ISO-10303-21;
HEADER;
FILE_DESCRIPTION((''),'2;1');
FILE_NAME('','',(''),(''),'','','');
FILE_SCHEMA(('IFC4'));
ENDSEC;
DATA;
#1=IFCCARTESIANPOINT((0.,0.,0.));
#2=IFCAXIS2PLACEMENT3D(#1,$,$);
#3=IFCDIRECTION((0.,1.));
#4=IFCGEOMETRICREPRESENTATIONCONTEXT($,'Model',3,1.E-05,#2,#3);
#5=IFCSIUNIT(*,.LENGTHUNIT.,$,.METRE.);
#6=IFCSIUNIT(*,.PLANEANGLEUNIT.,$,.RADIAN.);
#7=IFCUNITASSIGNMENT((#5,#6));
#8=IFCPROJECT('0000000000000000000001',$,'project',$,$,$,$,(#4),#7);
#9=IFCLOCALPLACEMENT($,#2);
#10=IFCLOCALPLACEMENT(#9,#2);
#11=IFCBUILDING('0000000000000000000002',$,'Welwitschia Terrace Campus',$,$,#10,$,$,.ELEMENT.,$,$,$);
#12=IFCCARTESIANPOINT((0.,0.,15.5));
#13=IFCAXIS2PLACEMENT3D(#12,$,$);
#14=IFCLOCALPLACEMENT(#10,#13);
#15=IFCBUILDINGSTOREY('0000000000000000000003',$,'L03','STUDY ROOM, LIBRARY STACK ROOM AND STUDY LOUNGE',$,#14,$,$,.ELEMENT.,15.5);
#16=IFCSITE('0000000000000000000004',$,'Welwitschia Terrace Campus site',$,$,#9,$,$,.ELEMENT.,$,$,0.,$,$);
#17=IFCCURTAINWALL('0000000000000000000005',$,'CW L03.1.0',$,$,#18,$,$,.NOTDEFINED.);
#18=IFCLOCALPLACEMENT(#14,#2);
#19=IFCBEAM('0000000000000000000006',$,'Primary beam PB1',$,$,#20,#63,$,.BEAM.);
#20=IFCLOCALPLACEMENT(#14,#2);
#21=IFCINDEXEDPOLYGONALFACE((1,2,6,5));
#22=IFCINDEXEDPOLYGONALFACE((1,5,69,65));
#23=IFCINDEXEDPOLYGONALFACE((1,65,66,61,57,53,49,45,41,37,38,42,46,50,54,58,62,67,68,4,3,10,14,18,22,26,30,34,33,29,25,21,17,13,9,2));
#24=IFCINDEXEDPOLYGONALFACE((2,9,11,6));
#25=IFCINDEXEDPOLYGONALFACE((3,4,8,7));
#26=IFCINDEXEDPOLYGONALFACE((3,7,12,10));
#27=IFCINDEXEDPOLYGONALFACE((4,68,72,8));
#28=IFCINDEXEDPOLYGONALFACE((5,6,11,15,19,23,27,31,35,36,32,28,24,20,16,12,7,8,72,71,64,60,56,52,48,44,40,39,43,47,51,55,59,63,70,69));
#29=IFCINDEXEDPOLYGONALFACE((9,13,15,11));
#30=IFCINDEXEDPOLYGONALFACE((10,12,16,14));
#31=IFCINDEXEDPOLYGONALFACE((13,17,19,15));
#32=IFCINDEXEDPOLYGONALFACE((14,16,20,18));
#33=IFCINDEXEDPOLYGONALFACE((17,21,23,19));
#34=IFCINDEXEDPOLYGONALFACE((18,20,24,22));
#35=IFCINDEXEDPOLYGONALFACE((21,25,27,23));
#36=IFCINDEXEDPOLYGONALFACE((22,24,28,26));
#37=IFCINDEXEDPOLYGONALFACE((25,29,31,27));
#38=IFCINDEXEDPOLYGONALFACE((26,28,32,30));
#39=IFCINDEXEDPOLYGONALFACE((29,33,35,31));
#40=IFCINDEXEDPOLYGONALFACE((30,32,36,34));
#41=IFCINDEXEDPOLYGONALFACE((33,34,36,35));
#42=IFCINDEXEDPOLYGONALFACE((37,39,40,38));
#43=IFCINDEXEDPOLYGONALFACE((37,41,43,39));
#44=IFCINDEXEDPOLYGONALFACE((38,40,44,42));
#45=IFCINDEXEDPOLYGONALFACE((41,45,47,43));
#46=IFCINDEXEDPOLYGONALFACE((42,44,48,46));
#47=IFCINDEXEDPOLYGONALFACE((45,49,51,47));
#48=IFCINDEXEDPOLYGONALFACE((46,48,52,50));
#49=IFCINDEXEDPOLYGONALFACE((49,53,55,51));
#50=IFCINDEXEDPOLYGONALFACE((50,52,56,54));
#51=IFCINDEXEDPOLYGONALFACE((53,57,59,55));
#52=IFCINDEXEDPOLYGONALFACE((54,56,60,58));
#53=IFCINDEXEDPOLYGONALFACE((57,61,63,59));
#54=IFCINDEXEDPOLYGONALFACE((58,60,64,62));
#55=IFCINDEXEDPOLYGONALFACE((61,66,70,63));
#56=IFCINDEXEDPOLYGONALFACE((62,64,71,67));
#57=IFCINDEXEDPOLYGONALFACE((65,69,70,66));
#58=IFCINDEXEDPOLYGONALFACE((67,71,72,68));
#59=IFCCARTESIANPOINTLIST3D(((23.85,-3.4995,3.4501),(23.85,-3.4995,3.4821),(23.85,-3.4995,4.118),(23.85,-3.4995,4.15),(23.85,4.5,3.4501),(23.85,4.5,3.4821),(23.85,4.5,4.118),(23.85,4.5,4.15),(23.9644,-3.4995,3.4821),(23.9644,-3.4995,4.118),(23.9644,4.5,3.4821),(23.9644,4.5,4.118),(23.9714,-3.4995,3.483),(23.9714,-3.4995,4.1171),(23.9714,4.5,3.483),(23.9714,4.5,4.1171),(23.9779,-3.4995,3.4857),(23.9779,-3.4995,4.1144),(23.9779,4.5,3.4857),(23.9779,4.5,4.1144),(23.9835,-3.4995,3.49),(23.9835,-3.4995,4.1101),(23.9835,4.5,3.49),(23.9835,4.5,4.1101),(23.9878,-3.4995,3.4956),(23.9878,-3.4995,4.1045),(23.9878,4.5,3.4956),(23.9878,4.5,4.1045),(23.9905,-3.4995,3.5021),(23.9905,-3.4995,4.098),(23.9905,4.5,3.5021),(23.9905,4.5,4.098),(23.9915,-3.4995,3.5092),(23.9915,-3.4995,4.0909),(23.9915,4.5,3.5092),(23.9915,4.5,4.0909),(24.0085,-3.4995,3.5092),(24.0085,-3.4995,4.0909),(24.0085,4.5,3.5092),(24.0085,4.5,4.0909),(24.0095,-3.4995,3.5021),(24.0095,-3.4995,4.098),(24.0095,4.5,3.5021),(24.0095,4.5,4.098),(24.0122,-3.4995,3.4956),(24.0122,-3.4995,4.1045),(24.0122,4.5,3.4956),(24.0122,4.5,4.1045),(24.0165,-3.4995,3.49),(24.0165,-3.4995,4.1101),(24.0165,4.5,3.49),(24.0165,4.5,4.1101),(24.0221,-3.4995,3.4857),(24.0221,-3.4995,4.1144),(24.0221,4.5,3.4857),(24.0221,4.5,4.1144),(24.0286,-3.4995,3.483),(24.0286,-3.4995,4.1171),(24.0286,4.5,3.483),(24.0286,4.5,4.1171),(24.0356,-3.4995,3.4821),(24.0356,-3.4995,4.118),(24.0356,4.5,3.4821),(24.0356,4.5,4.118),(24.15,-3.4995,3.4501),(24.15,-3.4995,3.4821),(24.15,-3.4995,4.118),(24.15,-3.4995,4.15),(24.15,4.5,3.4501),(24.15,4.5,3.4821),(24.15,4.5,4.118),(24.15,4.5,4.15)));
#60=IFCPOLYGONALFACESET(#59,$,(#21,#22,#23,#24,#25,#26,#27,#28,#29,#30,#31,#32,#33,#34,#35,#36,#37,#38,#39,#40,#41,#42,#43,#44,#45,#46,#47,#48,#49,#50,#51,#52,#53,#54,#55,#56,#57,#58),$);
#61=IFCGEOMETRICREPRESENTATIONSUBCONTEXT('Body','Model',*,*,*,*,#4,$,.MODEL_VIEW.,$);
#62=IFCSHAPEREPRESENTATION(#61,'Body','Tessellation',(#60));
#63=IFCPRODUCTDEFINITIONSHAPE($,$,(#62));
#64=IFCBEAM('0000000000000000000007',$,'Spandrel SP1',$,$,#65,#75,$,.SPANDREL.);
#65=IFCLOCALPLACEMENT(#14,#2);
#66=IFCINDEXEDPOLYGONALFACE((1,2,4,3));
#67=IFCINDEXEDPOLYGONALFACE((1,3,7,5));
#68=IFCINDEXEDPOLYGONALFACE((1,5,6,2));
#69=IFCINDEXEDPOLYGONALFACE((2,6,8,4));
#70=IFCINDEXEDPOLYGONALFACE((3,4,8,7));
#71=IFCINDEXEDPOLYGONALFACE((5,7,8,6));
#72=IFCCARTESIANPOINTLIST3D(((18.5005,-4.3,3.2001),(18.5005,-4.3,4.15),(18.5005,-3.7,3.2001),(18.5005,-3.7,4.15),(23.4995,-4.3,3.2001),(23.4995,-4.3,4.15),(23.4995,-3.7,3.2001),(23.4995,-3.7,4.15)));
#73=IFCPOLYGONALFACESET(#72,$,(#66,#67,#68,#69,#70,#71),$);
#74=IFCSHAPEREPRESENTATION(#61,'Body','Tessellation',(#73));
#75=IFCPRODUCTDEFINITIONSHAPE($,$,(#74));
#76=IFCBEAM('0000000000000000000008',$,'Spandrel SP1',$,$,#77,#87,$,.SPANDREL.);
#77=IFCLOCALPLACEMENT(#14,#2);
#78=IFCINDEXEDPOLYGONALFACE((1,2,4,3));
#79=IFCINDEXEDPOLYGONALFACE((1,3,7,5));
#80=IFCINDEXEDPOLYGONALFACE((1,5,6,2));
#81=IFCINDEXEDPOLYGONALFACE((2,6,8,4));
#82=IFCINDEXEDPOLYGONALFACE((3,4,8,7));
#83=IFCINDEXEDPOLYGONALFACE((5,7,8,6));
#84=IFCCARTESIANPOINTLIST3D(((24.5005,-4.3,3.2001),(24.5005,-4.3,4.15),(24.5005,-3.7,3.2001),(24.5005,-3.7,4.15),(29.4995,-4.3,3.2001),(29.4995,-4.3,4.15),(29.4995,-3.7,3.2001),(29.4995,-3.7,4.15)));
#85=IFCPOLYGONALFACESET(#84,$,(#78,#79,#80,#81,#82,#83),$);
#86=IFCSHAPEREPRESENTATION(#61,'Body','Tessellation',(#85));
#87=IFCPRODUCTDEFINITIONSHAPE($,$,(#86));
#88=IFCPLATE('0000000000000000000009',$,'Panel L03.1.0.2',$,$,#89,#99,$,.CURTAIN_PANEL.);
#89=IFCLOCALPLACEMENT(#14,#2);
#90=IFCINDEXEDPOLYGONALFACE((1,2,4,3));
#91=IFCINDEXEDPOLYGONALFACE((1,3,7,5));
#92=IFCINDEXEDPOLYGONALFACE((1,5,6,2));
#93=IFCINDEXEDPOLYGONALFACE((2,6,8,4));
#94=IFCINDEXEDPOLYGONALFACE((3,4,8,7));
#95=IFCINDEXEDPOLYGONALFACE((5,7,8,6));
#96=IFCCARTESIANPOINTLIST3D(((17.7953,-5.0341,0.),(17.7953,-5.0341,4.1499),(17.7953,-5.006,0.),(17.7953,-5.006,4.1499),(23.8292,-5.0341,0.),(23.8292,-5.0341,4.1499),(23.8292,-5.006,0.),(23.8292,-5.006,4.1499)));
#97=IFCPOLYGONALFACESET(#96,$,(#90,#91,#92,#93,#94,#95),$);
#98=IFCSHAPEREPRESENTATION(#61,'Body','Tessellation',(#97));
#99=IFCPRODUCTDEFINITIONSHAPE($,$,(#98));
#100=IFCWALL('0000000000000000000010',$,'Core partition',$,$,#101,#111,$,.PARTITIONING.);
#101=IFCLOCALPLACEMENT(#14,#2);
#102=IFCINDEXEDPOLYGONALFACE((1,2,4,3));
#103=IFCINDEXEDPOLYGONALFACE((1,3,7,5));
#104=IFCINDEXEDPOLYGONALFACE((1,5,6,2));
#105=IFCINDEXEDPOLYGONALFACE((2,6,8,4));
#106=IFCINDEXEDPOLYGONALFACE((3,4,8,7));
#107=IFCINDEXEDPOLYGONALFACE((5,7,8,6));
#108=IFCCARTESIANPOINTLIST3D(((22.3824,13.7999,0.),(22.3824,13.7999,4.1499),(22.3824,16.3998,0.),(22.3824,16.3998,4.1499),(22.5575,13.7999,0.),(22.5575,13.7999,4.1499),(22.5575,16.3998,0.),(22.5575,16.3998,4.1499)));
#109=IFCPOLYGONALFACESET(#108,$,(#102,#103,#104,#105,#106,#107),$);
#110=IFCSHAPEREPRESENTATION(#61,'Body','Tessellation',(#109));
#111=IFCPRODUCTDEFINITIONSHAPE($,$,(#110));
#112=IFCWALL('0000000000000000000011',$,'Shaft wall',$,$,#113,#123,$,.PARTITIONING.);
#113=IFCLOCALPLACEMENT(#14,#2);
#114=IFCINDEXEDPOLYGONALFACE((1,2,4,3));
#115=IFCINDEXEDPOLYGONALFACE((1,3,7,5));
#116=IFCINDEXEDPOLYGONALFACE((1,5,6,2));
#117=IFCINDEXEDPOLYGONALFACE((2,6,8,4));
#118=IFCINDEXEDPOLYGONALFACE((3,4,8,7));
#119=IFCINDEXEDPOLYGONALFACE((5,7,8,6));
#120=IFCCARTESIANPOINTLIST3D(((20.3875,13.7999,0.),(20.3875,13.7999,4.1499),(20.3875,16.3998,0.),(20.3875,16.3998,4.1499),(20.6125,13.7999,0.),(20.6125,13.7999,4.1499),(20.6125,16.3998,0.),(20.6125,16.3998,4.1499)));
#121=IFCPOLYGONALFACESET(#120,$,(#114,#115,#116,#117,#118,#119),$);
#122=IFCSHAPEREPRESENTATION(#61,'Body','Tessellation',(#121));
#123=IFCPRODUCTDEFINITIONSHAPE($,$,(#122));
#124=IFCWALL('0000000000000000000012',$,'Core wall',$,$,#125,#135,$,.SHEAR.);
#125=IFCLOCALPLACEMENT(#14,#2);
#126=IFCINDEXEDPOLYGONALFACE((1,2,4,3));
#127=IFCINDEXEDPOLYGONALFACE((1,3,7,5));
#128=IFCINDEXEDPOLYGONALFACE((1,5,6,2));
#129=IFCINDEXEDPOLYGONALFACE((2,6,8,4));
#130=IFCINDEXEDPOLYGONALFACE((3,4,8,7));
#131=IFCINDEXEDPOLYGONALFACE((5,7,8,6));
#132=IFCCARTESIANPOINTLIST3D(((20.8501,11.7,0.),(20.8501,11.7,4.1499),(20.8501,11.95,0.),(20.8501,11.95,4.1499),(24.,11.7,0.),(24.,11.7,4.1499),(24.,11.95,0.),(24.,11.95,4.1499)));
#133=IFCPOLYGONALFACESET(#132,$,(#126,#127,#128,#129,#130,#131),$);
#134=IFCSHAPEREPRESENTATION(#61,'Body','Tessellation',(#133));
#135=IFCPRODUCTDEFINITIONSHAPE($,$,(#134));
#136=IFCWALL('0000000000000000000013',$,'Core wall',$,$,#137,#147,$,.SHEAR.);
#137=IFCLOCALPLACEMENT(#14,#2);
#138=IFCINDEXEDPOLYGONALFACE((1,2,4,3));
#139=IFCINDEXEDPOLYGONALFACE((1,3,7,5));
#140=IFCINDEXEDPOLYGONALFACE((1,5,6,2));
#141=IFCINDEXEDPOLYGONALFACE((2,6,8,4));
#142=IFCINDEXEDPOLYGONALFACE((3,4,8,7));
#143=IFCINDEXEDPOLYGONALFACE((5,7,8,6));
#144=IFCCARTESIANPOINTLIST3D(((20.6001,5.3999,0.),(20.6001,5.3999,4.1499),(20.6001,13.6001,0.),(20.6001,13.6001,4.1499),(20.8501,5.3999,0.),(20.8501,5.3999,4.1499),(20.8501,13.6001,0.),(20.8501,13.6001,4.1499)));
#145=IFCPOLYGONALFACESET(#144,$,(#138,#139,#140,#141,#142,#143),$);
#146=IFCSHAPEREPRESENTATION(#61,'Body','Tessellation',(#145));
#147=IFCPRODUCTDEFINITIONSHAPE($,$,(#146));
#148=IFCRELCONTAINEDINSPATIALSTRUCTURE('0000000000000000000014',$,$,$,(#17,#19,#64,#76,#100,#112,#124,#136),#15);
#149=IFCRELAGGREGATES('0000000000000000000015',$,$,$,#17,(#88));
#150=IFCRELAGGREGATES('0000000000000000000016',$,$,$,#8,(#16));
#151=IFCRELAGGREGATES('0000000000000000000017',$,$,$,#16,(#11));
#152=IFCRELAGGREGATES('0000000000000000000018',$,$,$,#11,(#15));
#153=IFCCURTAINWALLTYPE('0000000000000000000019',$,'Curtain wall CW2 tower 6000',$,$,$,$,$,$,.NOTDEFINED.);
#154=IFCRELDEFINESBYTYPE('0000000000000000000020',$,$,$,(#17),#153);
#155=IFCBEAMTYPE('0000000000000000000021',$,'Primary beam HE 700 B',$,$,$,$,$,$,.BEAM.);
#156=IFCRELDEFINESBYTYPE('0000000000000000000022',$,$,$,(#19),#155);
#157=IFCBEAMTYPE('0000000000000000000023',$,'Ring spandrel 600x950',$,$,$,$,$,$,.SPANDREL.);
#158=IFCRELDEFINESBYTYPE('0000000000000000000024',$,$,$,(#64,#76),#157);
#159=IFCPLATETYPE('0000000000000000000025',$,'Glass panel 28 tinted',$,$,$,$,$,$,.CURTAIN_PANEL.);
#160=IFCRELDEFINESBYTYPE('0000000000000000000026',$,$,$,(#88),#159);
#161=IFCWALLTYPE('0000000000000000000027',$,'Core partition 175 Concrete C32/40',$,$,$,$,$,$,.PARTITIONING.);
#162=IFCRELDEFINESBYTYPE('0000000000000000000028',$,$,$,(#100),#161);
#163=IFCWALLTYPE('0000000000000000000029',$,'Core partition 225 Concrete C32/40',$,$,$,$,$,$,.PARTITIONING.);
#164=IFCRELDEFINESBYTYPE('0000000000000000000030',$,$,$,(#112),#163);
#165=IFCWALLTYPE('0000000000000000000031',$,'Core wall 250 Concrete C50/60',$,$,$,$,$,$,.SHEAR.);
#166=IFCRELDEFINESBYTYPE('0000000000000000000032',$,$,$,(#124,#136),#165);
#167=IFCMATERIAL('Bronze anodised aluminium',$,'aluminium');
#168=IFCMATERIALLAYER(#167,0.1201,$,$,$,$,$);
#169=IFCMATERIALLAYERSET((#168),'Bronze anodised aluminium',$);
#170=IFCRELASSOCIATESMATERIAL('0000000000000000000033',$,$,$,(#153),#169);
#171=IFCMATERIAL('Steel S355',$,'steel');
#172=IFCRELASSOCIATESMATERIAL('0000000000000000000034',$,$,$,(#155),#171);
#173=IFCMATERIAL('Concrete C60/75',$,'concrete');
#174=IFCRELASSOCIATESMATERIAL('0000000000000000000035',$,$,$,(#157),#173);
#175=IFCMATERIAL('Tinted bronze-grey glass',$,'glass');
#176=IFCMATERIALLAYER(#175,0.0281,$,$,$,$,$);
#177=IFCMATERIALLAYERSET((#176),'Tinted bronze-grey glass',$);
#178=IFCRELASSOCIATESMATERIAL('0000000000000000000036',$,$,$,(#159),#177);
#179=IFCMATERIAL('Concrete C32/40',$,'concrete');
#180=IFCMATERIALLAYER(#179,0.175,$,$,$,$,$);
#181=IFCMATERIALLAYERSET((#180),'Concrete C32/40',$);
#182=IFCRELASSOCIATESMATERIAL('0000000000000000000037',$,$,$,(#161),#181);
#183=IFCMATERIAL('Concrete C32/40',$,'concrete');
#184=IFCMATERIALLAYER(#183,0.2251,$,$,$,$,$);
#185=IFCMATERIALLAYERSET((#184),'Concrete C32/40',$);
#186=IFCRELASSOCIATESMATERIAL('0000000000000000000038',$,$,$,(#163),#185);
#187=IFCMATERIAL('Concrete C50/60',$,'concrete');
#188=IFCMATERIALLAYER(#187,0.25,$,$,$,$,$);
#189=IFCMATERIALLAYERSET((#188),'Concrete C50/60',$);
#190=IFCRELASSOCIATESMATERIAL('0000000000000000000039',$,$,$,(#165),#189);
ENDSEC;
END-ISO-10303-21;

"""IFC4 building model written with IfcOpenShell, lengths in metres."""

from ifc_helpers import new_model, si_unit, direction, frame, frame_2d, origin, origin_2d, place, context, subcontext, project, spatial, rectangle, i_section, extrude, material, layer, layer_set, material_profile, profile_set, type_object, element, aggregate, save


model = new_model("IFC4")

# Units and contexts
model_context = context("Model", 3, precision=1e-05, world=origin(), true_north=direction((0.0, 1.0)))
body_context = subcontext(model_context, "Body", "Model", "MODEL_VIEW")
ifc_project = project(units=[si_unit("LENGTHUNIT", "METRE"), si_unit("PLANEANGLEUNIT", "RADIAN")], contexts=[model_context])

# Site, building, storey
site_placement = place(None, origin())
site = spatial("IfcSite", under=ifc_project, at=site_placement, Name="Welwitschia Terrace Campus site", CompositionType="ELEMENT", RefElevation=0.0)
building_placement = place(site_placement, origin())
building = spatial("IfcBuilding", under=site, at=building_placement, Name="Welwitschia Terrace Campus", CompositionType="ELEMENT")
storey_placement = place(building_placement, frame((0.0, 0.0, 15.5)))
storey = spatial("IfcBuildingStorey", under=building, at=storey_placement, Name="L03", Description="STUDY ROOM, LIBRARY STACK ROOM AND STUDY LOUNGE", CompositionType="ELEMENT", Elevation=15.5)

# Curtain wall
ifc_material_1 = material(Name="Bronze anodised aluminium", Category="aluminium")
ifc_layer_1 = layer(ifc_material_1, 0.1201)
ifc_layer_set_1 = layer_set([ifc_layer_1], Name="Bronze anodised aluminium")
curtain_wall_type = type_object("IfcCurtainWallType", Name="Curtain wall CW2 tower 6000", PredefinedType="NOTDEFINED", material=ifc_layer_set_1)
curtain_wall_placement = place(storey_placement, origin())
curtain_wall = element("IfcCurtainWall", 1, at=curtain_wall_placement, inside=storey, type_object=curtain_wall_type, Name="CW L03.1.0", PredefinedType="NOTDEFINED")

# Beams
ifc_material_2 = material(Name="Steel S355", Category="steel")
ifc_material_profile_1 = material_profile(ifc_material_2, i_section(OverallWidth=0.3, OverallDepth=0.7, WebThickness=0.0171, FlangeThickness=0.032, FilletRadius=0.0271, at=origin_2d()))
ifc_profile_set_1 = profile_set([ifc_material_profile_1], Name="Steel S355")
beam_type_1 = type_object("IfcBeamType", Name="Primary beam HE 700 B", PredefinedType="BEAM", material=ifc_profile_set_1)
beam_1_placement = place(storey_placement, frame((24.0, -3.4995, 3.8), z_axis=(0.0, 1.0, 0.0), x_axis=(-1.0, 0.0, 0.0)))
element("IfcBeam", 2, at=beam_1_placement, inside=storey, type_object=beam_type_1, Name="Primary beam PB1", PredefinedType="BEAM", context=body_context, shape_type="SweptSolid", body=[
    extrude(i_section(OverallWidth=0.3, OverallDepth=0.7, WebThickness=0.0171, FlangeThickness=0.032, FilletRadius=0.0271, at=origin_2d()), origin(), (0.0, 0.0, 1.0), 7.9995),
])
ifc_material_3 = material(Name="Concrete C60/75", Category="concrete")
ifc_material_profile_2 = material_profile(ifc_material_3, rectangle(XDim=0.6001, YDim=0.95, at=origin_2d()))
ifc_profile_set_2 = profile_set([ifc_material_profile_2], Name="Concrete C60/75")
beam_type_2 = type_object("IfcBeamType", Name="Ring spandrel 600x950", PredefinedType="SPANDREL", material=ifc_profile_set_2)
for number, where, z_axis, x_axis, name in (
    (3, (18.5005, -4.0, 3.675), (1.0, 0.0, 0.0), (0.0, 1.0, 0.0), "Spandrel SP1"),
    (4, (24.5005, -4.0, 3.675), (1.0, 0.0, 0.0), (0.0, 1.0, 0.0), "Spandrel SP1"),
):
    element("IfcBeam", number, at=place(storey_placement, frame(where, z_axis=z_axis, x_axis=x_axis)), inside=storey, type_object=beam_type_2, Name=name, PredefinedType="SPANDREL", context=body_context, shape_type="SweptSolid", body=[
        extrude(rectangle(XDim=0.6001, YDim=0.95, at=origin_2d()), origin(), (0.0, 0.0, 1.0), 4.999),
    ])

# Plate
ifc_material_4 = material(Name="Tinted bronze-grey glass", Category="glass")
ifc_layer_2 = layer(ifc_material_4, 0.0281)
ifc_layer_set_2 = layer_set([ifc_layer_2], Name="Tinted bronze-grey glass")
plate_type = type_object("IfcPlateType", Name="Glass panel 28 tinted", PredefinedType="CURTAIN_PANEL", material=ifc_layer_set_2)
plate_placement = place(storey_placement, frame((20.8123, -5.02, 0.0), z_axis=(0.0, 0.0, 1.0), x_axis=(1.0, 0.0, 0.0)))
plate = element("IfcPlate", 5, at=plate_placement, type_object=plate_type, Name="Panel L03.1.0.2", PredefinedType="CURTAIN_PANEL", context=body_context, shape_type="SweptSolid", body=[
    extrude(rectangle(XDim=6.0339, YDim=0.0281, at=origin_2d()), origin(), (0.0, 0.0, 1.0), 4.1499),
])
aggregate(curtain_wall, [plate])

# Walls
ifc_material_5 = material(Name="Concrete C32/40", Category="concrete")
ifc_layer_3 = layer(ifc_material_5, 0.175)
ifc_layer_set_3 = layer_set([ifc_layer_3], Name="Concrete C32/40")
wall_type_1 = type_object("IfcWallType", Name="Core partition 175 Concrete C32/40", PredefinedType="PARTITIONING", material=ifc_layer_set_3)
wall_1_placement = place(storey_placement, frame((22.47, 13.8, 0.0), z_axis=(0.0, 0.0, 1.0), x_axis=(0.0, 1.0, 0.0)))
element("IfcWall", 6, at=wall_1_placement, inside=storey, type_object=wall_type_1, Name="Core partition", PredefinedType="PARTITIONING", context=body_context, shape_type="SweptSolid", body=[
    extrude(rectangle(XDim=2.5999, YDim=0.175, at=frame_2d((1.2998, 0.0))), origin(), (0.0, 0.0, 1.0), 4.1499),
])
ifc_material_6 = material(Name="Concrete C32/40", Category="concrete")
ifc_layer_4 = layer(ifc_material_6, 0.2251)
ifc_layer_set_4 = layer_set([ifc_layer_4], Name="Concrete C32/40")
wall_type_2 = type_object("IfcWallType", Name="Core partition 225 Concrete C32/40", PredefinedType="PARTITIONING", material=ifc_layer_set_4)
wall_2_placement = place(storey_placement, frame((20.5, 13.8, 0.0), z_axis=(0.0, 0.0, 1.0), x_axis=(0.0, 1.0, 0.0)))
element("IfcWall", 7, at=wall_2_placement, inside=storey, type_object=wall_type_2, Name="Shaft wall", PredefinedType="PARTITIONING", context=body_context, shape_type="SweptSolid", body=[
    extrude(rectangle(XDim=2.5999, YDim=0.2251, at=frame_2d((1.2998, 0.0))), origin(), (0.0, 0.0, 1.0), 4.1499),
])
ifc_material_7 = material(Name="Concrete C50/60", Category="concrete")
ifc_layer_5 = layer(ifc_material_7, 0.25)
ifc_layer_set_5 = layer_set([ifc_layer_5], Name="Concrete C50/60")
wall_type_3 = type_object("IfcWallType", Name="Core wall 250 Concrete C50/60", PredefinedType="SHEAR", material=ifc_layer_set_5)
wall_3_placement = place(storey_placement, frame((20.8501, 11.825, 0.0), z_axis=(0.0, 0.0, 1.0), x_axis=(1.0, 0.0, 0.0)))
element("IfcWall", 8, at=wall_3_placement, inside=storey, type_object=wall_type_3, Name="Core wall", PredefinedType="SHEAR", context=body_context, shape_type="SweptSolid", body=[
    extrude(rectangle(XDim=3.1499, YDim=0.25, at=frame_2d((1.575, 0.0))), origin(), (0.0, 0.0, 1.0), 4.1499),
])
wall_4_placement = place(storey_placement, frame((20.7251, 5.3999, 0.0), z_axis=(0.0, 0.0, 1.0), x_axis=(0.0, 1.0, 0.0)))
element("IfcWall", 9, at=wall_4_placement, inside=storey, type_object=wall_type_3, Name="Core wall", PredefinedType="SHEAR", context=body_context, shape_type="SweptSolid", body=[
    extrude(rectangle(XDim=8.2002, YDim=0.25, at=frame_2d((4.1001, 0.0))), origin(), (0.0, 0.0, 1.0), 4.1499),
])

save(model, "model.ifc")
